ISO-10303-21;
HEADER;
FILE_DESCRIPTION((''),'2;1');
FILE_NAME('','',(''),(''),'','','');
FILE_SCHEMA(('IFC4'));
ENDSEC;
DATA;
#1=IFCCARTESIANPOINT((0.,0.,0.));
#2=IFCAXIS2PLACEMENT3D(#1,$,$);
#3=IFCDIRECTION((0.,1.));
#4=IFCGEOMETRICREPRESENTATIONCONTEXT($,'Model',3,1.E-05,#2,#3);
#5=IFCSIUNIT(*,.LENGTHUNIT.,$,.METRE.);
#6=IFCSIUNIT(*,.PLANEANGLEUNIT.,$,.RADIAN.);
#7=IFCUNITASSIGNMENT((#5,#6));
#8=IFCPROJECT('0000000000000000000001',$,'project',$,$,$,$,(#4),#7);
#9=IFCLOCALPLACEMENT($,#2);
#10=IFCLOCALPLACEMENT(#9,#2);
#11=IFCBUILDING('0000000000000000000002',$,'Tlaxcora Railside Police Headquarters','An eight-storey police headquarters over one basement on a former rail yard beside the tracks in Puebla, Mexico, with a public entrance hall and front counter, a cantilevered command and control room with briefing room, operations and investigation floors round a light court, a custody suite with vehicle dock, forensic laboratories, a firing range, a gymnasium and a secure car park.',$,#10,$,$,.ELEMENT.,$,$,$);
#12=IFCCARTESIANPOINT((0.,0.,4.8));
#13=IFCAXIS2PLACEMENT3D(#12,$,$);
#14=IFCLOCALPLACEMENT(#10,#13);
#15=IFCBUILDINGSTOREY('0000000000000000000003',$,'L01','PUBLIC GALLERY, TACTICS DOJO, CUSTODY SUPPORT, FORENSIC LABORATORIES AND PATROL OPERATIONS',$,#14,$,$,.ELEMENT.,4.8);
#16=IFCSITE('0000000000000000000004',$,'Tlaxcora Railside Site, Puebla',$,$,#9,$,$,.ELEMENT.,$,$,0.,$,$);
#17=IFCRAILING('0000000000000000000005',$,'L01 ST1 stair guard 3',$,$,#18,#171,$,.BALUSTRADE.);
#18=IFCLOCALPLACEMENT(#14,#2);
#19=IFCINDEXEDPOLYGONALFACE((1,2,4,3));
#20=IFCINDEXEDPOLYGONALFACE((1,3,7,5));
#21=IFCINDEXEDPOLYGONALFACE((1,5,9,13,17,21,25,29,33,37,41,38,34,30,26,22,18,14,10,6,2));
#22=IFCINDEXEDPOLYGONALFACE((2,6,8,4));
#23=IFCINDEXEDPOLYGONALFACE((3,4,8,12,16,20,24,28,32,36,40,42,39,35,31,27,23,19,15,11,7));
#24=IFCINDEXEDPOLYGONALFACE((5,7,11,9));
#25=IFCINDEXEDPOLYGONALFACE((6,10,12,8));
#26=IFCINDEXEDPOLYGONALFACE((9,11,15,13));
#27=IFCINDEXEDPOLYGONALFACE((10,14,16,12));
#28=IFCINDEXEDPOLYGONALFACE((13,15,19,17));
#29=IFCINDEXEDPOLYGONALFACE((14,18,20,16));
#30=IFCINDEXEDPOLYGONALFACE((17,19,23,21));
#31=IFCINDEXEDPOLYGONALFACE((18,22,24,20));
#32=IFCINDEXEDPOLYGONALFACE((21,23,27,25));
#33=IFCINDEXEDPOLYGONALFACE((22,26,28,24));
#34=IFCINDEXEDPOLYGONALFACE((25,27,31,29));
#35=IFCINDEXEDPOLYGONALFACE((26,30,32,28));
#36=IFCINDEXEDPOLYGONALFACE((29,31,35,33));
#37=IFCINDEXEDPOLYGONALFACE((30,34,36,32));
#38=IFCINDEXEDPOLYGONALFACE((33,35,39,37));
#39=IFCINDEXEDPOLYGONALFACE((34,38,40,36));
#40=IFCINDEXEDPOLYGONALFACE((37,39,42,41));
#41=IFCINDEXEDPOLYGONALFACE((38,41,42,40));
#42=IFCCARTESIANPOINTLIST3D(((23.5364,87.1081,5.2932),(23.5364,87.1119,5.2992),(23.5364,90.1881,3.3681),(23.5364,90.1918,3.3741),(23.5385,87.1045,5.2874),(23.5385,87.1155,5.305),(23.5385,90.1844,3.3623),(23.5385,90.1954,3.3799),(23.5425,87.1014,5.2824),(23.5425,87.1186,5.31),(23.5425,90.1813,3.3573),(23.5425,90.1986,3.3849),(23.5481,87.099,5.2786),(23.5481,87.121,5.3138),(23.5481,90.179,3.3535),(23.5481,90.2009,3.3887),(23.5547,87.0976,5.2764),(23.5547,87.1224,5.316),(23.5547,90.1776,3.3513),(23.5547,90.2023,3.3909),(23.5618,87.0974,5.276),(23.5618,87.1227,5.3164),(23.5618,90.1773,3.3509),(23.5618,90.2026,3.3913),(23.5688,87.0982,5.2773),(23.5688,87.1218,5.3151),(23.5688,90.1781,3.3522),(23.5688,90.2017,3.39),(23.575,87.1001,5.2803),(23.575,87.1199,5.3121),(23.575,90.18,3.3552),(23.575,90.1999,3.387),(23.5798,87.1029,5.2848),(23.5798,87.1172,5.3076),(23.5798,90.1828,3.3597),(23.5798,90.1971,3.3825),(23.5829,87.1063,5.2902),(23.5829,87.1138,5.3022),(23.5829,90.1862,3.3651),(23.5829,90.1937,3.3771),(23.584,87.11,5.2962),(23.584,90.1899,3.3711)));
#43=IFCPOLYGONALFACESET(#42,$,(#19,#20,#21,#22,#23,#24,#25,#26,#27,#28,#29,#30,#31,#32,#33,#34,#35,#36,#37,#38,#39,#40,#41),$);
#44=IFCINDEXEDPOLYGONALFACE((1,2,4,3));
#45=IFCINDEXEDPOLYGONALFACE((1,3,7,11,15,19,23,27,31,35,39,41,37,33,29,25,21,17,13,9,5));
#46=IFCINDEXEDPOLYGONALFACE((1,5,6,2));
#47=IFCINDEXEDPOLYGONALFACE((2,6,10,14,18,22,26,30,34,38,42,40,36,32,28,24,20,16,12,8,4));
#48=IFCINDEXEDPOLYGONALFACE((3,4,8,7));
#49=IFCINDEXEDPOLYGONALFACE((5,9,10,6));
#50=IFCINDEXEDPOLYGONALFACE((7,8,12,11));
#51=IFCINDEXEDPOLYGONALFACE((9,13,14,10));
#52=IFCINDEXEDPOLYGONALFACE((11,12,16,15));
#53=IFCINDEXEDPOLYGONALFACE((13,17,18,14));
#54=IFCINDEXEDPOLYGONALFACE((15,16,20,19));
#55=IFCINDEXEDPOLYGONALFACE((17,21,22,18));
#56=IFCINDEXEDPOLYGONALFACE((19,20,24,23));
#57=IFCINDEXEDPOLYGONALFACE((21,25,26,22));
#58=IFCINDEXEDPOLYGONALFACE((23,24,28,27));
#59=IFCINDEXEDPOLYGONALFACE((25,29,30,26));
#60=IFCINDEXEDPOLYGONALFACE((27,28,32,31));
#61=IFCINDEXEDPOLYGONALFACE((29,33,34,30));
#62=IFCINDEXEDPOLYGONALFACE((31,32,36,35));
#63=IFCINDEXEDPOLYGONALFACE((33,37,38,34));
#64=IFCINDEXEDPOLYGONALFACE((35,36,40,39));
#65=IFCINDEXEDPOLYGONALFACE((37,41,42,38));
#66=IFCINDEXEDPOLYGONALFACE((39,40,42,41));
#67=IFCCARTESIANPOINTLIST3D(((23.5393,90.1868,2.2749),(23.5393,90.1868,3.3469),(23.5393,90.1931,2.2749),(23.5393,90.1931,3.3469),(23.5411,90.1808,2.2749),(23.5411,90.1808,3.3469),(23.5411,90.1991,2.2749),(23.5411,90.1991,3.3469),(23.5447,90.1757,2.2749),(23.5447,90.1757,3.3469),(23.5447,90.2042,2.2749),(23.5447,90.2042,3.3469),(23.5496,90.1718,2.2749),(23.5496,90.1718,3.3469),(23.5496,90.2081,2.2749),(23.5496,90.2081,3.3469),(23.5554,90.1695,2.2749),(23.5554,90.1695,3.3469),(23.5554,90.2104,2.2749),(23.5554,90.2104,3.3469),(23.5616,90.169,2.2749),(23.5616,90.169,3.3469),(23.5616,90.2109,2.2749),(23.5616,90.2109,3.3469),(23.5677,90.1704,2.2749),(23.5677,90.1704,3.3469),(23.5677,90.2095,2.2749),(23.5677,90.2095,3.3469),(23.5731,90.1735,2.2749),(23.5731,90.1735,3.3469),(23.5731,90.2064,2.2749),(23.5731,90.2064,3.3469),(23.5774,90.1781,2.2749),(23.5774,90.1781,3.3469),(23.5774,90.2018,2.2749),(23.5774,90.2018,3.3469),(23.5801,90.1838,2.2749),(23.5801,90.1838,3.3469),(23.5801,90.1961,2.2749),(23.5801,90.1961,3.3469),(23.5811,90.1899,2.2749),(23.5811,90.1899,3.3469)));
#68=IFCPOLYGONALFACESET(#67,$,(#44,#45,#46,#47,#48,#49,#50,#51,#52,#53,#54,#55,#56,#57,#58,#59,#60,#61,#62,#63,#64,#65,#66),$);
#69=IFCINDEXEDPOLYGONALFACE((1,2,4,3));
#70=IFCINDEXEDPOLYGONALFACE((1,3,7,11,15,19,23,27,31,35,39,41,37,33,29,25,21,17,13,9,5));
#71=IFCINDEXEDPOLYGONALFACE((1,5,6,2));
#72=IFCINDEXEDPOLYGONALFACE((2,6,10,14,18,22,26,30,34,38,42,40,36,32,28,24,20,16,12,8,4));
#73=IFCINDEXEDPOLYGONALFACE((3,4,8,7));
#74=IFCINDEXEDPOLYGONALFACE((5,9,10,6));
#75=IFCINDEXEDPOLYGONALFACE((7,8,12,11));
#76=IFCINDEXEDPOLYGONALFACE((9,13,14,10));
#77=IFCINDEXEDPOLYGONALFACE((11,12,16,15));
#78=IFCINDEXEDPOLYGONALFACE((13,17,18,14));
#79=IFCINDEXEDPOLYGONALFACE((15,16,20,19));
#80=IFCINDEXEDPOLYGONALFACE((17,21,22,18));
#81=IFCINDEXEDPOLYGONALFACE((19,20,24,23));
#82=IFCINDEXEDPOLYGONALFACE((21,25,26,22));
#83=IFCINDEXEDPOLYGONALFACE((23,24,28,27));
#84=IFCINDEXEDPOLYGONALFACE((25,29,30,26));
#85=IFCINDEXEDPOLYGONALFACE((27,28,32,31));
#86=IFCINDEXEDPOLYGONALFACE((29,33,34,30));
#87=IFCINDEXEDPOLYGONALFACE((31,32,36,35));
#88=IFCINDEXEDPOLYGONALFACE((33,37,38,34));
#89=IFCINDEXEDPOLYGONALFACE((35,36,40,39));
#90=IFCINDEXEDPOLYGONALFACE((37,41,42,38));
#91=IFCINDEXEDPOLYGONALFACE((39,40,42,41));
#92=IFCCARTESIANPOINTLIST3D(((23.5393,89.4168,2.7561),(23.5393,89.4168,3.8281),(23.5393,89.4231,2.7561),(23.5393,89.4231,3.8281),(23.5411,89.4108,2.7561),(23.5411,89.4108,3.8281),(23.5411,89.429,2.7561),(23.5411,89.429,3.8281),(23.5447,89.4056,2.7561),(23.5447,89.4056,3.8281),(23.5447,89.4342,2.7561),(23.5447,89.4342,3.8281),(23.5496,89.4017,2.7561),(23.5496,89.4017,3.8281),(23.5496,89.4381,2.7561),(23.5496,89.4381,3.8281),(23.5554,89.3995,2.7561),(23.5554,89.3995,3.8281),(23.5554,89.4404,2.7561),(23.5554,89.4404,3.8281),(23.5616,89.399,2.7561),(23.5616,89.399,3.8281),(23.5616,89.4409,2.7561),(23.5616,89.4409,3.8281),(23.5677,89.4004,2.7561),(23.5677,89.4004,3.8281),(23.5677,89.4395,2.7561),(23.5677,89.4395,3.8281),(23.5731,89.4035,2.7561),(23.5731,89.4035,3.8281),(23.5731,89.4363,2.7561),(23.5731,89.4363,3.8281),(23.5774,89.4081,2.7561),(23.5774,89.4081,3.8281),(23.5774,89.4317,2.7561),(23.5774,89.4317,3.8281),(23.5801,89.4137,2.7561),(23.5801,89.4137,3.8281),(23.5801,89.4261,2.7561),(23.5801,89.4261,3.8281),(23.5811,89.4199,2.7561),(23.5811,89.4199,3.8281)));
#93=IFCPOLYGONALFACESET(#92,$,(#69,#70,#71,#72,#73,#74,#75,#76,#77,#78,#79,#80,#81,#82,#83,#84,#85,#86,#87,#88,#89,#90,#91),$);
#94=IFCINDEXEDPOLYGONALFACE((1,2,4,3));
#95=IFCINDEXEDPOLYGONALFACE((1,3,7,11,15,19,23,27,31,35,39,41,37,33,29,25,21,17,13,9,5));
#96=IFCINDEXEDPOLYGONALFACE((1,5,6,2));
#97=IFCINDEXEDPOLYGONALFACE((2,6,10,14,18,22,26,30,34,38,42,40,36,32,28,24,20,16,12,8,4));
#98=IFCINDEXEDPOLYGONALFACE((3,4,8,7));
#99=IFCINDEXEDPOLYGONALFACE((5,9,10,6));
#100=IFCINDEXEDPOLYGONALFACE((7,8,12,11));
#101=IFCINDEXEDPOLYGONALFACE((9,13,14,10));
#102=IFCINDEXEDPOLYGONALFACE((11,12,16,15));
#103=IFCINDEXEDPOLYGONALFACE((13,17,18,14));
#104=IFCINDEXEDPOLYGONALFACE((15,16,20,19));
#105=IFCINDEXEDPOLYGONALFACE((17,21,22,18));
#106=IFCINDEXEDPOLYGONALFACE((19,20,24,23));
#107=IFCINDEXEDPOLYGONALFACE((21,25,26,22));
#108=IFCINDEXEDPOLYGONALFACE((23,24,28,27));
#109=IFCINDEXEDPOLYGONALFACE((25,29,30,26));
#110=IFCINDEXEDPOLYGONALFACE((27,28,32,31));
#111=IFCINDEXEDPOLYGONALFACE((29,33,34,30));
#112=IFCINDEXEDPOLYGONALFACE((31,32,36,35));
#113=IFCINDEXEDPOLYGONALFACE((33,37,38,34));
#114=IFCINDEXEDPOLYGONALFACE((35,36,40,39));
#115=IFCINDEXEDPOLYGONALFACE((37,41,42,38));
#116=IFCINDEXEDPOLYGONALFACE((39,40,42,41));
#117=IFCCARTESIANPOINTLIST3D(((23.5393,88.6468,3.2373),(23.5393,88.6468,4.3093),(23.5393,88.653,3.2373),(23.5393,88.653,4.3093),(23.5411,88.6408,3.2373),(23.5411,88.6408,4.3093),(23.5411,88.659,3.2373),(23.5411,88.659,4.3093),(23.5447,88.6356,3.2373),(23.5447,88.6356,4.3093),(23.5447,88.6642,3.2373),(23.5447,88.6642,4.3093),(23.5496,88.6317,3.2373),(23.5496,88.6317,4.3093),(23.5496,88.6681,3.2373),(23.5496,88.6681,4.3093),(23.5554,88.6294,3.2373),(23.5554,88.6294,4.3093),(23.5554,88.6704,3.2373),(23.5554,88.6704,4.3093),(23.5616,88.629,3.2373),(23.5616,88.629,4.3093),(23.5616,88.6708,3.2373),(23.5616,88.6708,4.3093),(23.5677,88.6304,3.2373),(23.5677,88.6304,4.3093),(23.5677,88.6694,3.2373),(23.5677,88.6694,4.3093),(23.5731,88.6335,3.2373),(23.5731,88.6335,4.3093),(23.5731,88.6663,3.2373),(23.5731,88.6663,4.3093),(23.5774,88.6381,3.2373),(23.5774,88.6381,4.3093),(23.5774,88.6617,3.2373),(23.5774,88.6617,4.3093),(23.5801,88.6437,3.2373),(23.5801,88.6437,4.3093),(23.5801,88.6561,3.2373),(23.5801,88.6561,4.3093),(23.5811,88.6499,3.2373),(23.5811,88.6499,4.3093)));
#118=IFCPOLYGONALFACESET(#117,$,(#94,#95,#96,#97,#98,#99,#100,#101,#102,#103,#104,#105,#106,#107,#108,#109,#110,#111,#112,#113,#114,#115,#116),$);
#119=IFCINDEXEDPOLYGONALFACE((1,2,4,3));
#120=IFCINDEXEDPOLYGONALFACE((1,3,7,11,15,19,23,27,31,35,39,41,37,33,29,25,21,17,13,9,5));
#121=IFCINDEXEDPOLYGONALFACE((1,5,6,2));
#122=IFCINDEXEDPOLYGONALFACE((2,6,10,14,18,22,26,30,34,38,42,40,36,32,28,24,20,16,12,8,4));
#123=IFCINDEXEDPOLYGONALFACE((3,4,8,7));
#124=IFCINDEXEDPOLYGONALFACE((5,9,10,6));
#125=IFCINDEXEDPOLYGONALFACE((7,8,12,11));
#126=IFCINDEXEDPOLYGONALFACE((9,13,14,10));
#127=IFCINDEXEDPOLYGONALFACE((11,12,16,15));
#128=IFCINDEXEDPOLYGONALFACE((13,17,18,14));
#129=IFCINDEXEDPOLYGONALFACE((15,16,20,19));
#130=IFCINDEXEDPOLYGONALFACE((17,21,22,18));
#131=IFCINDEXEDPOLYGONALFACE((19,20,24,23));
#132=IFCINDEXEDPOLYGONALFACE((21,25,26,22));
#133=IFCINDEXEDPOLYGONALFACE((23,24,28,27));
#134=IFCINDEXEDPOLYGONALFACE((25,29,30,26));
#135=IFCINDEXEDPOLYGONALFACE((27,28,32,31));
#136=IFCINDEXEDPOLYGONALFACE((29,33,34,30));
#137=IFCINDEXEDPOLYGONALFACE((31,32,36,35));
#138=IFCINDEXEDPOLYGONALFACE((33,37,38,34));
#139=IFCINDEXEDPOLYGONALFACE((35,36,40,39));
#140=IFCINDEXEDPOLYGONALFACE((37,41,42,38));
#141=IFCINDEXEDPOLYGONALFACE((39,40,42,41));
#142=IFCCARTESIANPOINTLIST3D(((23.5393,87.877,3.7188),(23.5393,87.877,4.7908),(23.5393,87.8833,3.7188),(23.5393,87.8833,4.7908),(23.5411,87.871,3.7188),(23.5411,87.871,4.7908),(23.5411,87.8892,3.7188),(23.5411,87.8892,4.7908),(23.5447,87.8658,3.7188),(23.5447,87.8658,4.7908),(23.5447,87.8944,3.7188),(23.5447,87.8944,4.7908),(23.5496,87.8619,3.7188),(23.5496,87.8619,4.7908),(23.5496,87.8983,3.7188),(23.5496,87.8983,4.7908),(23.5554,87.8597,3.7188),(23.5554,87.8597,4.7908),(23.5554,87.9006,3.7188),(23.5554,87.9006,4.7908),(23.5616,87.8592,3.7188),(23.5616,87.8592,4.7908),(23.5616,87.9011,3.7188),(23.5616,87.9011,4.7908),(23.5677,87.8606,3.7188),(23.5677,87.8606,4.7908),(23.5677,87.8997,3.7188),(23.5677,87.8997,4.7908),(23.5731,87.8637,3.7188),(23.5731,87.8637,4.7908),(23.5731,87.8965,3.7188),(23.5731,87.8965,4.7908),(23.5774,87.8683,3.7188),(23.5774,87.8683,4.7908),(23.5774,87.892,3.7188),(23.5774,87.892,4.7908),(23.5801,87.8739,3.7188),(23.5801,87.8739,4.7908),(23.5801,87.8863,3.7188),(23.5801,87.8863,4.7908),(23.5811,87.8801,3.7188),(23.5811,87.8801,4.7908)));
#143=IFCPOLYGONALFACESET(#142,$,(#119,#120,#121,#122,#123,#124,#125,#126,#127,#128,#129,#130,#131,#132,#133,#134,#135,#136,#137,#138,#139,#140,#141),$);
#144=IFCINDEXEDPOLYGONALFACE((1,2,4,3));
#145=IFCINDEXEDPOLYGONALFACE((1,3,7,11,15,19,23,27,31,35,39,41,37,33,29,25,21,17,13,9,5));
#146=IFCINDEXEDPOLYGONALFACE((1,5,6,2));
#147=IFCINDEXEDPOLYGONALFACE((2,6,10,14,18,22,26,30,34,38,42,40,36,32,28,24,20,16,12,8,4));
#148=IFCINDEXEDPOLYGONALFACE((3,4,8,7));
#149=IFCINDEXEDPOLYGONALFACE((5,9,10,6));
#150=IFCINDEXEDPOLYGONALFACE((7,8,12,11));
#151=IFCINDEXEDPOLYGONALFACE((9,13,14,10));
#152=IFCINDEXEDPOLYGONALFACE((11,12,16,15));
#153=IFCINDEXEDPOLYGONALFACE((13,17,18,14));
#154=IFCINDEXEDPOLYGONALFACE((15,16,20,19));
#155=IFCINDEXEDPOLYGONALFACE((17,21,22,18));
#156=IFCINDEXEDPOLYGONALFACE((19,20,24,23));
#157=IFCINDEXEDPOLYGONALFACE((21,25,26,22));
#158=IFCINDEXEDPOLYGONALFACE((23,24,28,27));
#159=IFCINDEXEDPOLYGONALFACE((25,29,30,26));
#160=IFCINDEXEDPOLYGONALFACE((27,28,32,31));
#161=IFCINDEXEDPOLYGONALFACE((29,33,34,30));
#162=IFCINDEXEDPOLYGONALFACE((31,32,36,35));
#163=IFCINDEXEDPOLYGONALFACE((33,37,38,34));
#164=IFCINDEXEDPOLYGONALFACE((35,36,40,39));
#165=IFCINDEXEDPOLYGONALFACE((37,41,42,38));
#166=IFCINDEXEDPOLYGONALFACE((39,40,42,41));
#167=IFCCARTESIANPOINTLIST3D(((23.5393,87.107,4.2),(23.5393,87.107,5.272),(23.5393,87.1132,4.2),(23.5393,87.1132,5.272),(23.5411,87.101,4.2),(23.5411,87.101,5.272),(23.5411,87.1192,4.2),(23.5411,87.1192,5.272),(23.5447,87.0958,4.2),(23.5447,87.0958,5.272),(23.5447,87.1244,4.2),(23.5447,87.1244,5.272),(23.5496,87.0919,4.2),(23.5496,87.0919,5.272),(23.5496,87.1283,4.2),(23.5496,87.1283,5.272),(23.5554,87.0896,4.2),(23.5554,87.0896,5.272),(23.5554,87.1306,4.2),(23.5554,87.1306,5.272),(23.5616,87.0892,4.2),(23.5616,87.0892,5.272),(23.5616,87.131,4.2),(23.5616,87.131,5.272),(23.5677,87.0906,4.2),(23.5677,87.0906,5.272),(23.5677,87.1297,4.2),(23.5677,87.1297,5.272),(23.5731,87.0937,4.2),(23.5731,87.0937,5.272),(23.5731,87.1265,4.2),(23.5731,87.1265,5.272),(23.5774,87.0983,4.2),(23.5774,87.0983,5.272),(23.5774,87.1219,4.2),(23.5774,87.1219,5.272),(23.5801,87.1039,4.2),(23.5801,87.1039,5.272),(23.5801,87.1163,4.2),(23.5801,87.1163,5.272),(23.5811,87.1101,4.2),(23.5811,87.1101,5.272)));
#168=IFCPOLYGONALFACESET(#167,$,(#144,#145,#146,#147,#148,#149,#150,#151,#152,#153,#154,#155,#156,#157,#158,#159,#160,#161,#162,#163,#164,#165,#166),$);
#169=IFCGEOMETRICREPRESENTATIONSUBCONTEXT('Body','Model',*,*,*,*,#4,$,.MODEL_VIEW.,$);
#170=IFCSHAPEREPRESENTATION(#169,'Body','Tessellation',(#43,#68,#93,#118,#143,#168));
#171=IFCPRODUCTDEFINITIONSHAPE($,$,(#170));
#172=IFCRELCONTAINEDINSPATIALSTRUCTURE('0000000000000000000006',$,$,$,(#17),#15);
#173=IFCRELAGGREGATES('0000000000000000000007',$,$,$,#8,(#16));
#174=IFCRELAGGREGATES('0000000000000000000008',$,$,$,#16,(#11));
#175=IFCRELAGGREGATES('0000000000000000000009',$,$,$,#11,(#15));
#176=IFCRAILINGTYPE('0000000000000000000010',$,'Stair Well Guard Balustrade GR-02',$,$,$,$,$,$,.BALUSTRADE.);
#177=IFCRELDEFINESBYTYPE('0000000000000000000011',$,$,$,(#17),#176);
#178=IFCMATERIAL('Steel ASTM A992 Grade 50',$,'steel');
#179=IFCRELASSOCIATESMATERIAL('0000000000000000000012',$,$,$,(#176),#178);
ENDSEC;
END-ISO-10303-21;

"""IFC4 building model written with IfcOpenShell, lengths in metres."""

from ifc_helpers import new_model, si_unit, direction, frame, origin, origin_2d, place, context, subcontext, project, spatial, circle, extrude, material, type_object, element, save


model = new_model("IFC4")

# Units and contexts
model_context = context("Model", 3, precision=1e-05, world=origin(), true_north=direction((0.0, 1.0)))
body_context = subcontext(model_context, "Body", "Model", "MODEL_VIEW")
ifc_project = project(units=[si_unit("LENGTHUNIT", "METRE"), si_unit("PLANEANGLEUNIT", "RADIAN")], contexts=[model_context])

# Site, building, storey
site_placement = place(None, origin())
site = spatial("IfcSite", under=ifc_project, at=site_placement, Name="Tlaxcora Railside Site, Puebla", CompositionType="ELEMENT", RefElevation=0.0)
building_placement = place(site_placement, origin())
building = spatial("IfcBuilding", under=site, at=building_placement, Name="Tlaxcora Railside Police Headquarters", Description="An eight-storey police headquarters over one basement on a former rail yard beside the tracks in Puebla, Mexico, with a public entrance hall and front counter, a cantilevered command and control room with briefing room, operations and investigation floors round a light court, a custody suite with vehicle dock, forensic laboratories, a firing range, a gymnasium and a secure car park.", CompositionType="ELEMENT")
storey_placement = place(building_placement, frame((0.0, 0.0, 4.8)))
storey = spatial("IfcBuildingStorey", under=building, at=storey_placement, Name="L01", Description="PUBLIC GALLERY, TACTICS DOJO, CUSTODY SUPPORT, FORENSIC LABORATORIES AND PATROL OPERATIONS", CompositionType="ELEMENT", Elevation=4.8)

# Shared definitions
ifc_material_1 = material(Name="Steel ASTM A992 Grade 50", Category="steel")

# Railing
railing_type_1 = type_object("IfcRailingType", Name="Stair Well Guard Balustrade GR-02", PredefinedType="BALUSTRADE", material=ifc_material_1)
railing_1_placement = place(storey_placement, frame((23.5601, 90.1899, 2.2749)))
element("IfcRailing", 1, at=railing_1_placement, inside=storey, type_object=railing_type_1, Name="L01 ST1 stair guard 3", PredefinedType="BALUSTRADE", context=body_context, shape_type="SweptSolid", body=[
    extrude(circle(Radius=0.0239, at=origin_2d()), frame((0.0, 0.0, 1.0962), z_axis=(0.0, -0.847979, 0.530029), x_axis=(1.0, 0.0, 0.0)), (0.0, 0.0, 1.0), 3.6321),
    extrude(circle(Radius=0.021, at=origin_2d()), origin(), (0.0, 0.0, 1.0), 1.072),
    extrude(circle(Radius=0.021, at=origin_2d()), frame((0.0, -0.77, 0.4812)), (0.0, 0.0, 1.0), 1.072),
    extrude(circle(Radius=0.021, at=origin_2d()), frame((0.0, -1.54, 0.9624)), (0.0, 0.0, 1.0), 1.072),
    extrude(circle(Radius=0.021, at=origin_2d()), frame((0.0, -2.3098, 1.4438)), (0.0, 0.0, 1.0), 1.072),
    extrude(circle(Radius=0.021, at=origin_2d()), frame((0.0, -3.0798, 1.925)), (0.0, 0.0, 1.0), 1.072),
])

save(model, "model.ifc")
